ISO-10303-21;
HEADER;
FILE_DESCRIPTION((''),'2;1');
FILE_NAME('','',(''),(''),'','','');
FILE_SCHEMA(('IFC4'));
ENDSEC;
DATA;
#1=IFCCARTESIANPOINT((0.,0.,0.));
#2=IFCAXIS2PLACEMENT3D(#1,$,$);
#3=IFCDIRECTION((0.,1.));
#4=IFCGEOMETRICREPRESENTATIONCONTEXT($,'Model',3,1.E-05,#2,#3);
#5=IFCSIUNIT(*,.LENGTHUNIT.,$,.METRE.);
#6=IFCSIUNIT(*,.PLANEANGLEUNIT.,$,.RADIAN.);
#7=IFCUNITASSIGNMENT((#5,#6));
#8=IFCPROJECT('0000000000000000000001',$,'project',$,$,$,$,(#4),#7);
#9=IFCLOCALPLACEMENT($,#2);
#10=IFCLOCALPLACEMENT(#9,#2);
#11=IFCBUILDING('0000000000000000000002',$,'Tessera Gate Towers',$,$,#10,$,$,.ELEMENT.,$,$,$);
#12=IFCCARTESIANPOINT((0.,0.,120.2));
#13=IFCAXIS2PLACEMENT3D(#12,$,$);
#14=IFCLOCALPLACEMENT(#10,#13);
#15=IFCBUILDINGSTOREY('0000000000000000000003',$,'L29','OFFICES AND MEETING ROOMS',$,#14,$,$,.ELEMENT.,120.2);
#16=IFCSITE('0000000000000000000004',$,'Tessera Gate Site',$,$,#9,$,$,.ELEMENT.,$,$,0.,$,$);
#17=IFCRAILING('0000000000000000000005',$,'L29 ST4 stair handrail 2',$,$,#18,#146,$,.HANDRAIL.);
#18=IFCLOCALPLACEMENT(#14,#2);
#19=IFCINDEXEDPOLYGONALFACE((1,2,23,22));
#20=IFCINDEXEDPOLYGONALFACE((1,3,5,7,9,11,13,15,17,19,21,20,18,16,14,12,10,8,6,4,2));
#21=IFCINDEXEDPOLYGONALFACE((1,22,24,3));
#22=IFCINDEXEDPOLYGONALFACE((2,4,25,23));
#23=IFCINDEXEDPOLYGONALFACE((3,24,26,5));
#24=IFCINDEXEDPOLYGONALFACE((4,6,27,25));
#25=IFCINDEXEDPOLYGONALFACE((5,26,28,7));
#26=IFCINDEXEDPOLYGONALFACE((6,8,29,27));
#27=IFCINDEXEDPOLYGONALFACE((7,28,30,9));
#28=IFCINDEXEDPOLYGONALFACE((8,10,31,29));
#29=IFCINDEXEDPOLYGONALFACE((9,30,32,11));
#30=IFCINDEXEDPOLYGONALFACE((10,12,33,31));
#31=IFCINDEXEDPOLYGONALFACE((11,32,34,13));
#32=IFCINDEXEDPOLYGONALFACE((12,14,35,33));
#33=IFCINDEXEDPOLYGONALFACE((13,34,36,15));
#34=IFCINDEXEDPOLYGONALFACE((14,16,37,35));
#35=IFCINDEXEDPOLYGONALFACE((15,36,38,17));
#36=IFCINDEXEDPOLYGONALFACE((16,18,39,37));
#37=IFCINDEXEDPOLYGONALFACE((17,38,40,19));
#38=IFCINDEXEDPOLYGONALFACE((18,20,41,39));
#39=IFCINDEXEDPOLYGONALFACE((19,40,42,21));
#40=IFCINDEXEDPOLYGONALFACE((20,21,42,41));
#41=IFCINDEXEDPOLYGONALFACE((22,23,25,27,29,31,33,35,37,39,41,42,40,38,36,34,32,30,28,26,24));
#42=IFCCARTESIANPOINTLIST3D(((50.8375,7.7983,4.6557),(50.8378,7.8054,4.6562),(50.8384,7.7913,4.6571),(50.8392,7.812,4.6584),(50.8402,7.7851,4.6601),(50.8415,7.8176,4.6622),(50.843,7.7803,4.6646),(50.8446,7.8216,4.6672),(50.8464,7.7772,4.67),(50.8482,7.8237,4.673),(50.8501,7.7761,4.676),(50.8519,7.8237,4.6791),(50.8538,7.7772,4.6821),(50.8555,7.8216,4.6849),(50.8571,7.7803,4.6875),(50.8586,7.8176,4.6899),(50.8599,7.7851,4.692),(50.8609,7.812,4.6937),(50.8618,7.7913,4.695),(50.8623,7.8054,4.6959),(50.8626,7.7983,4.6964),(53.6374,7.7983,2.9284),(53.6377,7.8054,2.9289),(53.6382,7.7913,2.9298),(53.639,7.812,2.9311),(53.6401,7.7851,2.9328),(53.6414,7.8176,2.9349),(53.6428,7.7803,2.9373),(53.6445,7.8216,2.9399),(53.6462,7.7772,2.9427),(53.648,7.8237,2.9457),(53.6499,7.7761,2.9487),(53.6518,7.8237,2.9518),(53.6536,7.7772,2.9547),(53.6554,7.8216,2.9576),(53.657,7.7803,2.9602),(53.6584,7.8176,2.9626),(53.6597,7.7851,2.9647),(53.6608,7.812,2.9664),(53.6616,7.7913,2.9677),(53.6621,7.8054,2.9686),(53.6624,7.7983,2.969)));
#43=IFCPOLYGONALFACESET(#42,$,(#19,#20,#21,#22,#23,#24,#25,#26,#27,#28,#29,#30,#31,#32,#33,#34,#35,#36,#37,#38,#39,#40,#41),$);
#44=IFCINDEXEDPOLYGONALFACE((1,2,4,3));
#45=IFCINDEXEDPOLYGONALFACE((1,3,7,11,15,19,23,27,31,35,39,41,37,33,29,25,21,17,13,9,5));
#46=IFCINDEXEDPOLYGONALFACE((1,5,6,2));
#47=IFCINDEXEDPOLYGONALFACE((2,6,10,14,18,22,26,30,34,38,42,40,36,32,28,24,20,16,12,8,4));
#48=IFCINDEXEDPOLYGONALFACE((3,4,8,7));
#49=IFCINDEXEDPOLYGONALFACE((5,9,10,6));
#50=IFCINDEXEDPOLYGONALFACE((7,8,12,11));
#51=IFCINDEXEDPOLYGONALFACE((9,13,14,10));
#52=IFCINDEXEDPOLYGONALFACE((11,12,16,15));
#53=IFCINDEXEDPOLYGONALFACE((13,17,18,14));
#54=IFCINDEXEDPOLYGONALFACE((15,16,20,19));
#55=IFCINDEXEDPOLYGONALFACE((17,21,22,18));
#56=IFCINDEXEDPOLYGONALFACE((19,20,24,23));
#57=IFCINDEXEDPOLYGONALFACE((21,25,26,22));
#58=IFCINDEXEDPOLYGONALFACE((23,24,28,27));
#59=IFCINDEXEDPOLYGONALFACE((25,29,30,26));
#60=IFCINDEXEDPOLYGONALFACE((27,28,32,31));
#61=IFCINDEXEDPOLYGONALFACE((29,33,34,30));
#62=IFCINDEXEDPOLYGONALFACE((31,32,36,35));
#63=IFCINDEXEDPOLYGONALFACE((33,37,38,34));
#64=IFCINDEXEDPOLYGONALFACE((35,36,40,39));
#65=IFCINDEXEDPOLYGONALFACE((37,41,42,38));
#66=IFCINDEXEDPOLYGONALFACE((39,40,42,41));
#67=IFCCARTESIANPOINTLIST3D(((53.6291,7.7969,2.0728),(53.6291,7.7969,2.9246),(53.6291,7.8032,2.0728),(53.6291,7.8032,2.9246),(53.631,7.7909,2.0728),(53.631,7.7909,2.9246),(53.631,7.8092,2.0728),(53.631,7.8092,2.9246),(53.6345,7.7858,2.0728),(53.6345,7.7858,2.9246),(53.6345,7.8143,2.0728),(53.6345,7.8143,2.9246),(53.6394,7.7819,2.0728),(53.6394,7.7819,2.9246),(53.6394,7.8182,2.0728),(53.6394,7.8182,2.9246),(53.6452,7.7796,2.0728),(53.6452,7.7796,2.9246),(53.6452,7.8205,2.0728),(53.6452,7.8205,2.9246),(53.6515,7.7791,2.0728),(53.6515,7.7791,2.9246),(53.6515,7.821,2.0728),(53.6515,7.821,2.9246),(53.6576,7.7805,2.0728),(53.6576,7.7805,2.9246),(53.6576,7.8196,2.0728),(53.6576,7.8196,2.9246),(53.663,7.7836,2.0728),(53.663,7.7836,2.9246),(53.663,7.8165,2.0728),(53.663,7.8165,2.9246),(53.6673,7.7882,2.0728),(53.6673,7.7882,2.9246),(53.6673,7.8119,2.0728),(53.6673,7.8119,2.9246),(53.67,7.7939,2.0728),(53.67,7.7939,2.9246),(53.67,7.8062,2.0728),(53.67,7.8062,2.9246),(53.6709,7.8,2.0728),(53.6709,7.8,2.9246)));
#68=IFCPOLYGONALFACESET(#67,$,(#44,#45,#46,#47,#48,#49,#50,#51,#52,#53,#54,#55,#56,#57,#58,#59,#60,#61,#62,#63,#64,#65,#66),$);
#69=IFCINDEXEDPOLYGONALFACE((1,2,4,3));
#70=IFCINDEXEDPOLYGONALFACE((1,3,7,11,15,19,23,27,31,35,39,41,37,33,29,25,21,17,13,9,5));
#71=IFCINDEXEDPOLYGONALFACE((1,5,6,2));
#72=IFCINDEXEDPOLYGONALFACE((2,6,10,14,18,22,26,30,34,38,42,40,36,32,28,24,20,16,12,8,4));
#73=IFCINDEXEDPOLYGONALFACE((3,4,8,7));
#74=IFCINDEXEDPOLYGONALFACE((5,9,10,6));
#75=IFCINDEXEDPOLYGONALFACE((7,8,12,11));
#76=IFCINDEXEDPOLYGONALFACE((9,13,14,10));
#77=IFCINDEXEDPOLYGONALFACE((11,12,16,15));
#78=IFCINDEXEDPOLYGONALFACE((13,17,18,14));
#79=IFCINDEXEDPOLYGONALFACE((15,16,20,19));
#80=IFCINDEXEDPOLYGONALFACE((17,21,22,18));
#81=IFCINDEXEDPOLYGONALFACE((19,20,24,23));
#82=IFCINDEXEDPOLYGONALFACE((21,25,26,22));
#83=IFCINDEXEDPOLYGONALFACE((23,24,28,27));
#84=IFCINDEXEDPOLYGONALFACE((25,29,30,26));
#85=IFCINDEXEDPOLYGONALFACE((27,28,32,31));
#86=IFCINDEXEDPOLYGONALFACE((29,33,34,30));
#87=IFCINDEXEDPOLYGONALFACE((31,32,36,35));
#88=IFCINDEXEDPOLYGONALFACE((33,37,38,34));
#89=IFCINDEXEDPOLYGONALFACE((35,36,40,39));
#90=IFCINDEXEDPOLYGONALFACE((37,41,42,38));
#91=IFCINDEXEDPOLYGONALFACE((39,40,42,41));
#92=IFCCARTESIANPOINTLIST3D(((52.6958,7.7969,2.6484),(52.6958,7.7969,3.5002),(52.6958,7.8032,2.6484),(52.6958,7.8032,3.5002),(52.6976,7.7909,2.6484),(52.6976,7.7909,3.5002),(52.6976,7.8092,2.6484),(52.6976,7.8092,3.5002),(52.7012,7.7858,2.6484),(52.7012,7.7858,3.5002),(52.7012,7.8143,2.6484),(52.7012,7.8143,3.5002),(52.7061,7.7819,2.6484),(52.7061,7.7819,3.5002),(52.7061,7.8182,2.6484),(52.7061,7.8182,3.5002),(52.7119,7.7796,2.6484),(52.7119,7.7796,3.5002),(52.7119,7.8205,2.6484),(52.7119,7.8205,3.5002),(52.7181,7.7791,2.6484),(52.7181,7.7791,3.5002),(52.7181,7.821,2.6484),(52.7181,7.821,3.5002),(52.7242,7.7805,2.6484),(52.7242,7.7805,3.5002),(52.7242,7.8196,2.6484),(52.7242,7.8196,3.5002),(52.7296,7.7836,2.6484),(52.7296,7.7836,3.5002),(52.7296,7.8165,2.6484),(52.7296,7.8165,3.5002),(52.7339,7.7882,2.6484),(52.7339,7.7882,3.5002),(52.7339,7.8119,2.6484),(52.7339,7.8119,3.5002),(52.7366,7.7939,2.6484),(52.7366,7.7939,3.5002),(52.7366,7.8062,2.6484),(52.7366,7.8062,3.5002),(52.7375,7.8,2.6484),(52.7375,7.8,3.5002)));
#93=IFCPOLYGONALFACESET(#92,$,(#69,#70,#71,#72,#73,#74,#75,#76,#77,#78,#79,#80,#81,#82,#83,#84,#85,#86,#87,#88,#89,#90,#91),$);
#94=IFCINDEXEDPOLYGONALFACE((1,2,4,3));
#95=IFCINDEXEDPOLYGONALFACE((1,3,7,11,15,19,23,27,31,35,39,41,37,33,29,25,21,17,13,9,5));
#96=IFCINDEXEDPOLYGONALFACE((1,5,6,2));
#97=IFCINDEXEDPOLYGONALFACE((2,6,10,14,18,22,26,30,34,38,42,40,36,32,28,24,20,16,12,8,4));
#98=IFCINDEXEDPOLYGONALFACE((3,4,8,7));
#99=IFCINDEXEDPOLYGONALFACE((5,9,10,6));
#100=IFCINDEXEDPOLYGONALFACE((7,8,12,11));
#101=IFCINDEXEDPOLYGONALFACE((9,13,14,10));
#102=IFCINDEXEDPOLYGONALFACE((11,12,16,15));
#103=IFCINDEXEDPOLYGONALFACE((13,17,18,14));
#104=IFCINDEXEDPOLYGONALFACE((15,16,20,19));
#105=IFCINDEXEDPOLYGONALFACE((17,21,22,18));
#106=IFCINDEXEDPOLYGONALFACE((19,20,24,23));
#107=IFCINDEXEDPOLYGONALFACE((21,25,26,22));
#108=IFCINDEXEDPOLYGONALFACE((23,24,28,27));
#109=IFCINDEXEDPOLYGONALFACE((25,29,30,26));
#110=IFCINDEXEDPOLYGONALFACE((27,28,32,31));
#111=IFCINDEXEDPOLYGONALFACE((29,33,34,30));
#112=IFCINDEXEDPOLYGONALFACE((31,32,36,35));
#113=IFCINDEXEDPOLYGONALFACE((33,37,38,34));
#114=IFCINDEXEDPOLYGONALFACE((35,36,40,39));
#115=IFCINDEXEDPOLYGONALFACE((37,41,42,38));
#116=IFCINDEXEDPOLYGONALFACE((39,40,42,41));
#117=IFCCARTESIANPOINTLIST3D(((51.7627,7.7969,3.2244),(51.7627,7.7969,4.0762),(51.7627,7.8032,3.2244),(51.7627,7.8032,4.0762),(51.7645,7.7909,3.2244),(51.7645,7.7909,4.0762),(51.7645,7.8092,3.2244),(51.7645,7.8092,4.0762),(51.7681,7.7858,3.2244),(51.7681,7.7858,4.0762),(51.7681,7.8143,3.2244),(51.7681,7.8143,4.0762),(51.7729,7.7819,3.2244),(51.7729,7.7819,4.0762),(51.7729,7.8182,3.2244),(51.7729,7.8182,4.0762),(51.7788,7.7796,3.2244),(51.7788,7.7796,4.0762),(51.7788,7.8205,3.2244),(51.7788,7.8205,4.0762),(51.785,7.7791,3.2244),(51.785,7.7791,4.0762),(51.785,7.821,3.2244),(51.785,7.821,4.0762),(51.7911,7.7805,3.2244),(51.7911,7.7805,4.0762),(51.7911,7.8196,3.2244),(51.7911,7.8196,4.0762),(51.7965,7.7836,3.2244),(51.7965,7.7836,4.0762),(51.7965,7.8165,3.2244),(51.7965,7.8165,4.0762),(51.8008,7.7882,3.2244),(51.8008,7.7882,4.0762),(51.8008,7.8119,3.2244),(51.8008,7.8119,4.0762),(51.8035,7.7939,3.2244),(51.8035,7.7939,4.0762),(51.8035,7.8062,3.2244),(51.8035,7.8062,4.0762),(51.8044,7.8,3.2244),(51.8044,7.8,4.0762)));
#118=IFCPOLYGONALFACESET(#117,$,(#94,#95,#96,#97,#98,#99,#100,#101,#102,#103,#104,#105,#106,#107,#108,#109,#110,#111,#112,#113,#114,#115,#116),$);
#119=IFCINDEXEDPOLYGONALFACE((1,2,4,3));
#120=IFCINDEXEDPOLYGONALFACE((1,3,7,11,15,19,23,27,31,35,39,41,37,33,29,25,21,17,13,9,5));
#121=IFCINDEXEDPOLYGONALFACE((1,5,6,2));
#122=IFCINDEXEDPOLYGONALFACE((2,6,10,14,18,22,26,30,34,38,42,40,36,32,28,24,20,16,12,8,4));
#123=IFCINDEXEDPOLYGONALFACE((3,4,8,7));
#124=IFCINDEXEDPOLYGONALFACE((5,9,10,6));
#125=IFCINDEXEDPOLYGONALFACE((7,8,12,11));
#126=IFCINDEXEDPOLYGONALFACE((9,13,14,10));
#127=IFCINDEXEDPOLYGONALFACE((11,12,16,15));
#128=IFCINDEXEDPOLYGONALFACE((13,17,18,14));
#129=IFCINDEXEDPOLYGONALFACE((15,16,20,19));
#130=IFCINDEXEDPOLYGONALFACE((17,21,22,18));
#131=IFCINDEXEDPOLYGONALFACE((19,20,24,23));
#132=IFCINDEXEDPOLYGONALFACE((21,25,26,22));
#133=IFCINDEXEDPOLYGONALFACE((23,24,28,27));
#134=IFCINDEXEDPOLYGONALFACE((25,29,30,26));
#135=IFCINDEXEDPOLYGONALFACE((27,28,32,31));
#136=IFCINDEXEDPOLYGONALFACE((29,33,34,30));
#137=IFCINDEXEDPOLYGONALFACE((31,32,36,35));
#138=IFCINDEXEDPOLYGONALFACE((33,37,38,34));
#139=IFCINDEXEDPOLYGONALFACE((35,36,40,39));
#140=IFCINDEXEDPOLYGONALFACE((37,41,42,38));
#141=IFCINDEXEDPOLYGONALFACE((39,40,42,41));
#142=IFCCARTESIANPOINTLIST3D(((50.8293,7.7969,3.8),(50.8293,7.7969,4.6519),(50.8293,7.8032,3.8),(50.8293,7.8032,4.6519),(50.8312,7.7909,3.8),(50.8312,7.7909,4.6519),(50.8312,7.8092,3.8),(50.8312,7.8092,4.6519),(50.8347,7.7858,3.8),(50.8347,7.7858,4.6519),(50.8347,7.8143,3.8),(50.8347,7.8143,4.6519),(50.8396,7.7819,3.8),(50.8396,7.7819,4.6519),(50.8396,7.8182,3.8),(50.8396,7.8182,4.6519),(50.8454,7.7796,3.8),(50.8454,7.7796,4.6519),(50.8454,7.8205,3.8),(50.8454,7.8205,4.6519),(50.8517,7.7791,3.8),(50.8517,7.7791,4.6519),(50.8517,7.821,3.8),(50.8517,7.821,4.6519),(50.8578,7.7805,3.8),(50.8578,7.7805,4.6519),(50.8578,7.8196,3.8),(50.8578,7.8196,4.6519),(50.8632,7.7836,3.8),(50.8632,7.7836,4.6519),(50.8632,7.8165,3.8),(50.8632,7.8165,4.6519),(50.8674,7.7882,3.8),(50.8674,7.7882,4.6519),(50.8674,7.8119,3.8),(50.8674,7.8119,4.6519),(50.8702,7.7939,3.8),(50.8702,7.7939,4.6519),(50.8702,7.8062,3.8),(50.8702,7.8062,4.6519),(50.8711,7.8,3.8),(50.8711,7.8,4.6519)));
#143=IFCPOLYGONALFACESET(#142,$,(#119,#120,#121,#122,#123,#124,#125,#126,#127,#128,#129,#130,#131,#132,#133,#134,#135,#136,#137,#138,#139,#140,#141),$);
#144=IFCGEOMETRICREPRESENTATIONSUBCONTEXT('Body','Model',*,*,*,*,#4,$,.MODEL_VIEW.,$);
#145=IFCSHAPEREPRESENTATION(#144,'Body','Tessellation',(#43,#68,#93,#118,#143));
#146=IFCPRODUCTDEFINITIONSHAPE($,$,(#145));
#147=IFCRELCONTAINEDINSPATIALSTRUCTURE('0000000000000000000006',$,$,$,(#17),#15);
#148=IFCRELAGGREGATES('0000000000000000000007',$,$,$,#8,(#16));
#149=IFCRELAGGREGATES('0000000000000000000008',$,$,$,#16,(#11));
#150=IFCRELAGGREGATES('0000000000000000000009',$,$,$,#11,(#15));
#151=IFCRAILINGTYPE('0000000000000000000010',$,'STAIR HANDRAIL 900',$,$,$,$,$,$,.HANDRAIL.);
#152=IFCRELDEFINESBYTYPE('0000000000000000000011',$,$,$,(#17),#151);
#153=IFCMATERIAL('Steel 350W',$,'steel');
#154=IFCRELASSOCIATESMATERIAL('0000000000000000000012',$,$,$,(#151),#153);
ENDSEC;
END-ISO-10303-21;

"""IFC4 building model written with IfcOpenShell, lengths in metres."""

from ifc_helpers import new_model, si_unit, direction, frame, origin, origin_2d, place, context, subcontext, project, spatial, circle, extrude, material, type_object, element, save


model = new_model("IFC4")

# Units and contexts
model_context = context("Model", 3, precision=1e-05, world=origin(), true_north=direction((0.0, 1.0)))
body_context = subcontext(model_context, "Body", "Model", "MODEL_VIEW")
ifc_project = project(units=[si_unit("LENGTHUNIT", "METRE"), si_unit("PLANEANGLEUNIT", "RADIAN")], contexts=[model_context])

# Site, building, storey
site_placement = place(None, origin())
site = spatial("IfcSite", under=ifc_project, at=site_placement, Name="Tessera Gate Site", CompositionType="ELEMENT", RefElevation=0.0)
building_placement = place(site_placement, origin())
building = spatial("IfcBuilding", under=site, at=building_placement, Name="Tessera Gate Towers", CompositionType="ELEMENT")
storey_placement = place(building_placement, frame((0.0, 0.0, 120.2)))
storey = spatial("IfcBuildingStorey", under=building, at=storey_placement, Name="L29", Description="OFFICES AND MEETING ROOMS", CompositionType="ELEMENT", Elevation=120.2)

# Railing
ifc_material_1 = material(Name="Steel 350W", Category="steel")
railing_type_1 = type_object("IfcRailingType", Name="STAIR HANDRAIL 900", PredefinedType="HANDRAIL", material=ifc_material_1)
railing_1_placement = place(storey_placement, frame((53.6499, 7.8, 2.0728)))
element("IfcRailing", 1, at=railing_1_placement, inside=storey, type_object=railing_type_1, Name="L29 ST4 stair handrail 2", PredefinedType="HANDRAIL", context=body_context, shape_type="SweptSolid", body=[
    extrude(circle(Radius=0.0239, at=origin_2d()), frame((0.0, 0.0, 0.876), z_axis=(-0.851069, 0.0, 0.525054), x_axis=(0.0, -1.0, 0.0)), (0.0, 0.0, 1.0), 3.2898),
    extrude(circle(Radius=0.021, at=origin_2d()), origin(), (0.0, 0.0, 1.0), 0.8518),
    extrude(circle(Radius=0.021, at=origin_2d()), frame((-0.9333, 0.0, 0.5757)), (0.0, 0.0, 1.0), 0.8518),
    extrude(circle(Radius=0.021, at=origin_2d()), frame((-1.8665, 0.0, 1.1516)), (0.0, 0.0, 1.0), 0.8518),
    extrude(circle(Radius=0.021, at=origin_2d()), frame((-2.7998, 0.0, 1.7273)), (0.0, 0.0, 1.0), 0.8518),
])

save(model, "model.ifc")
